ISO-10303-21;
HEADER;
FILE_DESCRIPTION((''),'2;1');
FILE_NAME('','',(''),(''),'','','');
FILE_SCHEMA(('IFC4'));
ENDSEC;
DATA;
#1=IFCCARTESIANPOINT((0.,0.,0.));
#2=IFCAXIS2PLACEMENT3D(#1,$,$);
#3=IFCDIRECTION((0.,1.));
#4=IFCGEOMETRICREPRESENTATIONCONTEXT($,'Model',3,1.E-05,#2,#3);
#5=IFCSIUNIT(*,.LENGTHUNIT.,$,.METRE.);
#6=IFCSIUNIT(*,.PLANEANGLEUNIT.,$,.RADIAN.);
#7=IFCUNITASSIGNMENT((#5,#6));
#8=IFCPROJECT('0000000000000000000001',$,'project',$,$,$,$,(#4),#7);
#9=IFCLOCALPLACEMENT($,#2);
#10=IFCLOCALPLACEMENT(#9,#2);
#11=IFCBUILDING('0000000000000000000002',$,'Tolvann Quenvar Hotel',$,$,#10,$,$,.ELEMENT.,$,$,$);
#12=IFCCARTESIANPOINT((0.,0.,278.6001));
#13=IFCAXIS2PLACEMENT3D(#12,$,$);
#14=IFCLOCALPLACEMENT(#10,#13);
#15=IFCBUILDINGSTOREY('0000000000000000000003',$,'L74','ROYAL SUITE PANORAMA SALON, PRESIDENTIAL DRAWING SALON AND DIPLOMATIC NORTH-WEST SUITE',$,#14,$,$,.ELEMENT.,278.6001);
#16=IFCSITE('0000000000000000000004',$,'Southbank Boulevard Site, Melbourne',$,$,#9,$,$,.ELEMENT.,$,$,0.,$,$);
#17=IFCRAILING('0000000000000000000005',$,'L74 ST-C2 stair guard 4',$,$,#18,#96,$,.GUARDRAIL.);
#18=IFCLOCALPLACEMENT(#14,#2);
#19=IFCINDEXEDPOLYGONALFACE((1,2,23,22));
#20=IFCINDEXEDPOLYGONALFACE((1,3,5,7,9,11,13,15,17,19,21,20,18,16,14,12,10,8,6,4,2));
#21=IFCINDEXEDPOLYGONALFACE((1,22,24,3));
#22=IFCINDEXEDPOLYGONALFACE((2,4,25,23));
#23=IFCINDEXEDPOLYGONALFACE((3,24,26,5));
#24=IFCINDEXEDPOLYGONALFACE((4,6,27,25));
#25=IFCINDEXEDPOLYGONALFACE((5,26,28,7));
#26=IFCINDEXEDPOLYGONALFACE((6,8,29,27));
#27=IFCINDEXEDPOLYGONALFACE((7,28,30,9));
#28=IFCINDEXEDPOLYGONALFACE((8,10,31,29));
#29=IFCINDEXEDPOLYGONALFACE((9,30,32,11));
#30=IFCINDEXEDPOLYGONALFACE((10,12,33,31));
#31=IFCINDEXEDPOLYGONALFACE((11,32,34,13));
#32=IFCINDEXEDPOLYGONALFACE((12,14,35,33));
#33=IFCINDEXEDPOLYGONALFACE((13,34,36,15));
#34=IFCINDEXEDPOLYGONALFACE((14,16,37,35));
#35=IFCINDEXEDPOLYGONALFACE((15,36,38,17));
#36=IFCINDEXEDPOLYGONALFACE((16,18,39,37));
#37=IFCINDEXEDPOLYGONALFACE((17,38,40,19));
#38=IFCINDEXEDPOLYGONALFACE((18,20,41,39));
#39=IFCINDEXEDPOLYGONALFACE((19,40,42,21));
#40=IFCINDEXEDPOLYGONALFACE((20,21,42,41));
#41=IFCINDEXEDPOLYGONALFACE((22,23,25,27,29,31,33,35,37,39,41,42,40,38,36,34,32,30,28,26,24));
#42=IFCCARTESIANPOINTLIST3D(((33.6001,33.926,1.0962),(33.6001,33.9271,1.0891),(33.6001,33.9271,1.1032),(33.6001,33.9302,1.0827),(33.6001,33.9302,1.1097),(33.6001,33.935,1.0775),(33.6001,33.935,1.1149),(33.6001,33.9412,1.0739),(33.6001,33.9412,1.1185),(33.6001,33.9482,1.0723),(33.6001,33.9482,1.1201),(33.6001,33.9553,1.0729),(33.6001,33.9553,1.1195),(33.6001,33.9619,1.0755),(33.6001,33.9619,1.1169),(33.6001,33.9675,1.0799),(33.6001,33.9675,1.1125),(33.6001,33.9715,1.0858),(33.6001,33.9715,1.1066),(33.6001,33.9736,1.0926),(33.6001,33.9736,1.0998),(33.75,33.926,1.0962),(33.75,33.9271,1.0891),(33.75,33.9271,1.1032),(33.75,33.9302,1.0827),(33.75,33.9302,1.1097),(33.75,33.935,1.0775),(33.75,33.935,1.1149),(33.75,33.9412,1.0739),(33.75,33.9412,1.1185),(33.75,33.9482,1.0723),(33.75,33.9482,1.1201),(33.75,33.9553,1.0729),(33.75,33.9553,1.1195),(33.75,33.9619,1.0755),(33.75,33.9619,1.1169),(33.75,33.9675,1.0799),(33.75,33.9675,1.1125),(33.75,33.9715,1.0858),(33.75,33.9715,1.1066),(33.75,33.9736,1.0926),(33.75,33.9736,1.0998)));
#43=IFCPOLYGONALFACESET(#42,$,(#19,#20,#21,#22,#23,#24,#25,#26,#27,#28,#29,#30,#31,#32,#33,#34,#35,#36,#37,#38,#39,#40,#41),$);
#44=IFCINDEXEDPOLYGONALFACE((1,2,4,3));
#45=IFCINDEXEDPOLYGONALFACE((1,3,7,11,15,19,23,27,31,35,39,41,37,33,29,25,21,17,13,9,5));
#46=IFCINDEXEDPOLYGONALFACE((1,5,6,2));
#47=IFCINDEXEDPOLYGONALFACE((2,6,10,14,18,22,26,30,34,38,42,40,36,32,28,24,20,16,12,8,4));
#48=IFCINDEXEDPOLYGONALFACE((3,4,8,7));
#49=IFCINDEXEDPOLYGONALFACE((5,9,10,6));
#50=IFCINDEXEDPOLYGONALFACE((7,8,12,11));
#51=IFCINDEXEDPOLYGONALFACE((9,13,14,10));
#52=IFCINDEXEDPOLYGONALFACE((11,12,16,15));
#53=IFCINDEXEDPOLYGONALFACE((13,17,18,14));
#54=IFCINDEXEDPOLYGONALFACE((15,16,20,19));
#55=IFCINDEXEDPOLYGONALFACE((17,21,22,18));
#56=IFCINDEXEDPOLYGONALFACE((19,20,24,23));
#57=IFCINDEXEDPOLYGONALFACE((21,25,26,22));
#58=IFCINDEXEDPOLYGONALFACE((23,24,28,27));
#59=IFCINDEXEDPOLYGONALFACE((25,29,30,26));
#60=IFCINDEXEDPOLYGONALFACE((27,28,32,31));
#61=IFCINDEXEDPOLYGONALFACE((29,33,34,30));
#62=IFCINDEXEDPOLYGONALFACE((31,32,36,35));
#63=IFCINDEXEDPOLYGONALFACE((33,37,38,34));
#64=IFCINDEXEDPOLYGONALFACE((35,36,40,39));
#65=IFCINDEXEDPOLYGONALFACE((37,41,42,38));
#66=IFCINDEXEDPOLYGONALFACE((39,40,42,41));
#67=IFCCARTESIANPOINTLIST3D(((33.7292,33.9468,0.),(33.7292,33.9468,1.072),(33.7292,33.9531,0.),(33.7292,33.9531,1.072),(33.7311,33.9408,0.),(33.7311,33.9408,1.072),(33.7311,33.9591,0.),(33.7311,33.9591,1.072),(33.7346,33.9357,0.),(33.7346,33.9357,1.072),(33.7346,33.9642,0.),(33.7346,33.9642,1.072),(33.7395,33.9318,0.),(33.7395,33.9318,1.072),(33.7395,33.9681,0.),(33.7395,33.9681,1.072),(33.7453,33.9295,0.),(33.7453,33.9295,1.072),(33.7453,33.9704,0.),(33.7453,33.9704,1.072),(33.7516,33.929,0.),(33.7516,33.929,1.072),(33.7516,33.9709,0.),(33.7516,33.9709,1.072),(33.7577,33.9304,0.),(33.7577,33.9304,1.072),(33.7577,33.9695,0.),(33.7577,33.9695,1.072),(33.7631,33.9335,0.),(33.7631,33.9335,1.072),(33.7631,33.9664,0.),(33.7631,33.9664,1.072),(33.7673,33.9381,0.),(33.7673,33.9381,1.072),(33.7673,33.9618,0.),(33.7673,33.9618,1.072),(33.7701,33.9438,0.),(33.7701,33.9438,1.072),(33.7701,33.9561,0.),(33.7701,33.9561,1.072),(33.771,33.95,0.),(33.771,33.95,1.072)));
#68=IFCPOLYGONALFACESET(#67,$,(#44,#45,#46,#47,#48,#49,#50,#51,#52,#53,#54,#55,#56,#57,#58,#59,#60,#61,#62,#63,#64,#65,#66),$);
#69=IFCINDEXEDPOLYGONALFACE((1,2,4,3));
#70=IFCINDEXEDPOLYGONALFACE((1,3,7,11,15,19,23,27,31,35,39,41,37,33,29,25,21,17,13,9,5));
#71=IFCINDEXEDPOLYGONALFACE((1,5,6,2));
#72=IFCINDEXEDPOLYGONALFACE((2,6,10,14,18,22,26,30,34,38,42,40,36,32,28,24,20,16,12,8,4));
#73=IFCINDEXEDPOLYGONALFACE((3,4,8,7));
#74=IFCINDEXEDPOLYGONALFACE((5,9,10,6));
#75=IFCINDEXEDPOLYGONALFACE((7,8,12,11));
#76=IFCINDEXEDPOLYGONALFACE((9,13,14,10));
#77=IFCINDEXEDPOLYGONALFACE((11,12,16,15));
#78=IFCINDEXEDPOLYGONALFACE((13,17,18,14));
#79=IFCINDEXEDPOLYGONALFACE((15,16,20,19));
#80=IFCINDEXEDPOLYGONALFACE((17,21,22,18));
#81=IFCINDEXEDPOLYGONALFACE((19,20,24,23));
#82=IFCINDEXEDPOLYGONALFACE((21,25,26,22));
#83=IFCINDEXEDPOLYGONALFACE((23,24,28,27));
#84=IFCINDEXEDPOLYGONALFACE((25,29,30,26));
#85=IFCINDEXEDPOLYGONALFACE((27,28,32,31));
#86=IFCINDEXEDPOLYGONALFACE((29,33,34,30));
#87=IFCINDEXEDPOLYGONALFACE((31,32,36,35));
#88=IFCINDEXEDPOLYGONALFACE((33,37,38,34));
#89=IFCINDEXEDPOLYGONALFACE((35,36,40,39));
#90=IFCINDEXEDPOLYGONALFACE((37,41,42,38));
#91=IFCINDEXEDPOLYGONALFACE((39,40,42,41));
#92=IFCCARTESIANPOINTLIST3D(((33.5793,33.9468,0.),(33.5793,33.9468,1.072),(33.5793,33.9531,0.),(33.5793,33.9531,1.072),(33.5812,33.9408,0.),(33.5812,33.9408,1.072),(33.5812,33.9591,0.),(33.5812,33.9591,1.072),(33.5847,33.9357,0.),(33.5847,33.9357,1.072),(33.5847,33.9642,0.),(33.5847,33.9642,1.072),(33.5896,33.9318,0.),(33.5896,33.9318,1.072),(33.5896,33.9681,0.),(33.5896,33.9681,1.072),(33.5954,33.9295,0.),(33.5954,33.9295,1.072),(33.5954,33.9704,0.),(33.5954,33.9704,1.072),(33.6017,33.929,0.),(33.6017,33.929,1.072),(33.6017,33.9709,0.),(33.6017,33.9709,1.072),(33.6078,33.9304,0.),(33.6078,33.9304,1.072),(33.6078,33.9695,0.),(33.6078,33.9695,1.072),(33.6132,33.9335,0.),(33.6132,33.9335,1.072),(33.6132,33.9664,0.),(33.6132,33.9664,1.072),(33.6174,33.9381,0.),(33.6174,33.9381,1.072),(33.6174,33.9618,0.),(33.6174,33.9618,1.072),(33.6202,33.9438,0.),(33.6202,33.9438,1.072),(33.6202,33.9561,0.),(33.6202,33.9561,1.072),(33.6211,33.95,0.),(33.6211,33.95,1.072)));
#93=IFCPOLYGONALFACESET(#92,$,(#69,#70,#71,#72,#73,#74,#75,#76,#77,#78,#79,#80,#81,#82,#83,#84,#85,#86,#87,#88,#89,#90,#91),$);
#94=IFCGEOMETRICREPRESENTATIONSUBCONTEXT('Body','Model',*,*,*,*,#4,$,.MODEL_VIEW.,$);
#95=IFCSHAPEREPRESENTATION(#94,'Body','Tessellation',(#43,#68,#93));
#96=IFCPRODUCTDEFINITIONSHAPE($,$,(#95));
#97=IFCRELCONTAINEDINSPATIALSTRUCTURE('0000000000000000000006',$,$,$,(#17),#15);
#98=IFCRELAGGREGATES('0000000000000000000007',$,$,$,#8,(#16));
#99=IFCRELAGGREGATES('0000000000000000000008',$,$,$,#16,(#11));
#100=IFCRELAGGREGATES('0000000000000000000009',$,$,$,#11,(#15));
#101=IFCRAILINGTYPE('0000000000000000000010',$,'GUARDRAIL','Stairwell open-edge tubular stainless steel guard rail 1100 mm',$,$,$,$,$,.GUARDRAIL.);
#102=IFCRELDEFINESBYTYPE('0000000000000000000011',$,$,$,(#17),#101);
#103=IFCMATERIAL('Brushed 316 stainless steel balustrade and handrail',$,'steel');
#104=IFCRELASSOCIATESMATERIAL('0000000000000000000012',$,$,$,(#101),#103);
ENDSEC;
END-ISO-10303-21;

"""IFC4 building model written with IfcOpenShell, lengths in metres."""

from ifc_helpers import new_model, si_unit, direction, frame, origin, origin_2d, place, context, subcontext, project, spatial, circle, extrude, material, type_object, element, save


model = new_model("IFC4")

# Units and contexts
model_context = context("Model", 3, precision=1e-05, world=origin(), true_north=direction((0.0, 1.0)))
body_context = subcontext(model_context, "Body", "Model", "MODEL_VIEW")
ifc_project = project(units=[si_unit("LENGTHUNIT", "METRE"), si_unit("PLANEANGLEUNIT", "RADIAN")], contexts=[model_context])

# Site, building, storey
site_placement = place(None, origin())
site = spatial("IfcSite", under=ifc_project, at=site_placement, Name="Southbank Boulevard Site, Melbourne", CompositionType="ELEMENT", RefElevation=0.0)
building_placement = place(site_placement, origin())
building = spatial("IfcBuilding", under=site, at=building_placement, Name="Tolvann Quenvar Hotel", CompositionType="ELEMENT")
storey_placement = place(building_placement, frame((0.0, 0.0, 278.6001)))
storey = spatial("IfcBuildingStorey", under=building, at=storey_placement, Name="L74", Description="ROYAL SUITE PANORAMA SALON, PRESIDENTIAL DRAWING SALON AND DIPLOMATIC NORTH-WEST SUITE", CompositionType="ELEMENT", Elevation=278.6001)

# Railing
ifc_material_1 = material(Name="Brushed 316 stainless steel balustrade and handrail", Category="steel")
railing_type_1 = type_object("IfcRailingType", Name="GUARDRAIL", Description="Stairwell open-edge tubular stainless steel guard rail 1100 mm", PredefinedType="GUARDRAIL", material=ifc_material_1)
railing_1_placement = place(storey_placement, frame((33.75, 33.95, 0.0)))
element("IfcRailing", 1, at=railing_1_placement, inside=storey, type_object=railing_type_1, Name="L74 ST-C2 stair guard 4", PredefinedType="GUARDRAIL", context=body_context, shape_type="SweptSolid", body=[
    extrude(circle(Radius=0.0239, at=origin_2d()), frame((0.0, 0.0, 1.0962), z_axis=(-1.0, 0.0, 0.0), x_axis=(0.0, -1.0, 0.0)), (0.0, 0.0, 1.0), 0.1499),
    extrude(circle(Radius=0.021, at=origin_2d()), origin(), (0.0, 0.0, 1.0), 1.072),
    extrude(circle(Radius=0.021, at=origin_2d()), frame((-0.1499, 0.0, 0.0)), (0.0, 0.0, 1.0), 1.072),
])

save(model, "model.ifc")
